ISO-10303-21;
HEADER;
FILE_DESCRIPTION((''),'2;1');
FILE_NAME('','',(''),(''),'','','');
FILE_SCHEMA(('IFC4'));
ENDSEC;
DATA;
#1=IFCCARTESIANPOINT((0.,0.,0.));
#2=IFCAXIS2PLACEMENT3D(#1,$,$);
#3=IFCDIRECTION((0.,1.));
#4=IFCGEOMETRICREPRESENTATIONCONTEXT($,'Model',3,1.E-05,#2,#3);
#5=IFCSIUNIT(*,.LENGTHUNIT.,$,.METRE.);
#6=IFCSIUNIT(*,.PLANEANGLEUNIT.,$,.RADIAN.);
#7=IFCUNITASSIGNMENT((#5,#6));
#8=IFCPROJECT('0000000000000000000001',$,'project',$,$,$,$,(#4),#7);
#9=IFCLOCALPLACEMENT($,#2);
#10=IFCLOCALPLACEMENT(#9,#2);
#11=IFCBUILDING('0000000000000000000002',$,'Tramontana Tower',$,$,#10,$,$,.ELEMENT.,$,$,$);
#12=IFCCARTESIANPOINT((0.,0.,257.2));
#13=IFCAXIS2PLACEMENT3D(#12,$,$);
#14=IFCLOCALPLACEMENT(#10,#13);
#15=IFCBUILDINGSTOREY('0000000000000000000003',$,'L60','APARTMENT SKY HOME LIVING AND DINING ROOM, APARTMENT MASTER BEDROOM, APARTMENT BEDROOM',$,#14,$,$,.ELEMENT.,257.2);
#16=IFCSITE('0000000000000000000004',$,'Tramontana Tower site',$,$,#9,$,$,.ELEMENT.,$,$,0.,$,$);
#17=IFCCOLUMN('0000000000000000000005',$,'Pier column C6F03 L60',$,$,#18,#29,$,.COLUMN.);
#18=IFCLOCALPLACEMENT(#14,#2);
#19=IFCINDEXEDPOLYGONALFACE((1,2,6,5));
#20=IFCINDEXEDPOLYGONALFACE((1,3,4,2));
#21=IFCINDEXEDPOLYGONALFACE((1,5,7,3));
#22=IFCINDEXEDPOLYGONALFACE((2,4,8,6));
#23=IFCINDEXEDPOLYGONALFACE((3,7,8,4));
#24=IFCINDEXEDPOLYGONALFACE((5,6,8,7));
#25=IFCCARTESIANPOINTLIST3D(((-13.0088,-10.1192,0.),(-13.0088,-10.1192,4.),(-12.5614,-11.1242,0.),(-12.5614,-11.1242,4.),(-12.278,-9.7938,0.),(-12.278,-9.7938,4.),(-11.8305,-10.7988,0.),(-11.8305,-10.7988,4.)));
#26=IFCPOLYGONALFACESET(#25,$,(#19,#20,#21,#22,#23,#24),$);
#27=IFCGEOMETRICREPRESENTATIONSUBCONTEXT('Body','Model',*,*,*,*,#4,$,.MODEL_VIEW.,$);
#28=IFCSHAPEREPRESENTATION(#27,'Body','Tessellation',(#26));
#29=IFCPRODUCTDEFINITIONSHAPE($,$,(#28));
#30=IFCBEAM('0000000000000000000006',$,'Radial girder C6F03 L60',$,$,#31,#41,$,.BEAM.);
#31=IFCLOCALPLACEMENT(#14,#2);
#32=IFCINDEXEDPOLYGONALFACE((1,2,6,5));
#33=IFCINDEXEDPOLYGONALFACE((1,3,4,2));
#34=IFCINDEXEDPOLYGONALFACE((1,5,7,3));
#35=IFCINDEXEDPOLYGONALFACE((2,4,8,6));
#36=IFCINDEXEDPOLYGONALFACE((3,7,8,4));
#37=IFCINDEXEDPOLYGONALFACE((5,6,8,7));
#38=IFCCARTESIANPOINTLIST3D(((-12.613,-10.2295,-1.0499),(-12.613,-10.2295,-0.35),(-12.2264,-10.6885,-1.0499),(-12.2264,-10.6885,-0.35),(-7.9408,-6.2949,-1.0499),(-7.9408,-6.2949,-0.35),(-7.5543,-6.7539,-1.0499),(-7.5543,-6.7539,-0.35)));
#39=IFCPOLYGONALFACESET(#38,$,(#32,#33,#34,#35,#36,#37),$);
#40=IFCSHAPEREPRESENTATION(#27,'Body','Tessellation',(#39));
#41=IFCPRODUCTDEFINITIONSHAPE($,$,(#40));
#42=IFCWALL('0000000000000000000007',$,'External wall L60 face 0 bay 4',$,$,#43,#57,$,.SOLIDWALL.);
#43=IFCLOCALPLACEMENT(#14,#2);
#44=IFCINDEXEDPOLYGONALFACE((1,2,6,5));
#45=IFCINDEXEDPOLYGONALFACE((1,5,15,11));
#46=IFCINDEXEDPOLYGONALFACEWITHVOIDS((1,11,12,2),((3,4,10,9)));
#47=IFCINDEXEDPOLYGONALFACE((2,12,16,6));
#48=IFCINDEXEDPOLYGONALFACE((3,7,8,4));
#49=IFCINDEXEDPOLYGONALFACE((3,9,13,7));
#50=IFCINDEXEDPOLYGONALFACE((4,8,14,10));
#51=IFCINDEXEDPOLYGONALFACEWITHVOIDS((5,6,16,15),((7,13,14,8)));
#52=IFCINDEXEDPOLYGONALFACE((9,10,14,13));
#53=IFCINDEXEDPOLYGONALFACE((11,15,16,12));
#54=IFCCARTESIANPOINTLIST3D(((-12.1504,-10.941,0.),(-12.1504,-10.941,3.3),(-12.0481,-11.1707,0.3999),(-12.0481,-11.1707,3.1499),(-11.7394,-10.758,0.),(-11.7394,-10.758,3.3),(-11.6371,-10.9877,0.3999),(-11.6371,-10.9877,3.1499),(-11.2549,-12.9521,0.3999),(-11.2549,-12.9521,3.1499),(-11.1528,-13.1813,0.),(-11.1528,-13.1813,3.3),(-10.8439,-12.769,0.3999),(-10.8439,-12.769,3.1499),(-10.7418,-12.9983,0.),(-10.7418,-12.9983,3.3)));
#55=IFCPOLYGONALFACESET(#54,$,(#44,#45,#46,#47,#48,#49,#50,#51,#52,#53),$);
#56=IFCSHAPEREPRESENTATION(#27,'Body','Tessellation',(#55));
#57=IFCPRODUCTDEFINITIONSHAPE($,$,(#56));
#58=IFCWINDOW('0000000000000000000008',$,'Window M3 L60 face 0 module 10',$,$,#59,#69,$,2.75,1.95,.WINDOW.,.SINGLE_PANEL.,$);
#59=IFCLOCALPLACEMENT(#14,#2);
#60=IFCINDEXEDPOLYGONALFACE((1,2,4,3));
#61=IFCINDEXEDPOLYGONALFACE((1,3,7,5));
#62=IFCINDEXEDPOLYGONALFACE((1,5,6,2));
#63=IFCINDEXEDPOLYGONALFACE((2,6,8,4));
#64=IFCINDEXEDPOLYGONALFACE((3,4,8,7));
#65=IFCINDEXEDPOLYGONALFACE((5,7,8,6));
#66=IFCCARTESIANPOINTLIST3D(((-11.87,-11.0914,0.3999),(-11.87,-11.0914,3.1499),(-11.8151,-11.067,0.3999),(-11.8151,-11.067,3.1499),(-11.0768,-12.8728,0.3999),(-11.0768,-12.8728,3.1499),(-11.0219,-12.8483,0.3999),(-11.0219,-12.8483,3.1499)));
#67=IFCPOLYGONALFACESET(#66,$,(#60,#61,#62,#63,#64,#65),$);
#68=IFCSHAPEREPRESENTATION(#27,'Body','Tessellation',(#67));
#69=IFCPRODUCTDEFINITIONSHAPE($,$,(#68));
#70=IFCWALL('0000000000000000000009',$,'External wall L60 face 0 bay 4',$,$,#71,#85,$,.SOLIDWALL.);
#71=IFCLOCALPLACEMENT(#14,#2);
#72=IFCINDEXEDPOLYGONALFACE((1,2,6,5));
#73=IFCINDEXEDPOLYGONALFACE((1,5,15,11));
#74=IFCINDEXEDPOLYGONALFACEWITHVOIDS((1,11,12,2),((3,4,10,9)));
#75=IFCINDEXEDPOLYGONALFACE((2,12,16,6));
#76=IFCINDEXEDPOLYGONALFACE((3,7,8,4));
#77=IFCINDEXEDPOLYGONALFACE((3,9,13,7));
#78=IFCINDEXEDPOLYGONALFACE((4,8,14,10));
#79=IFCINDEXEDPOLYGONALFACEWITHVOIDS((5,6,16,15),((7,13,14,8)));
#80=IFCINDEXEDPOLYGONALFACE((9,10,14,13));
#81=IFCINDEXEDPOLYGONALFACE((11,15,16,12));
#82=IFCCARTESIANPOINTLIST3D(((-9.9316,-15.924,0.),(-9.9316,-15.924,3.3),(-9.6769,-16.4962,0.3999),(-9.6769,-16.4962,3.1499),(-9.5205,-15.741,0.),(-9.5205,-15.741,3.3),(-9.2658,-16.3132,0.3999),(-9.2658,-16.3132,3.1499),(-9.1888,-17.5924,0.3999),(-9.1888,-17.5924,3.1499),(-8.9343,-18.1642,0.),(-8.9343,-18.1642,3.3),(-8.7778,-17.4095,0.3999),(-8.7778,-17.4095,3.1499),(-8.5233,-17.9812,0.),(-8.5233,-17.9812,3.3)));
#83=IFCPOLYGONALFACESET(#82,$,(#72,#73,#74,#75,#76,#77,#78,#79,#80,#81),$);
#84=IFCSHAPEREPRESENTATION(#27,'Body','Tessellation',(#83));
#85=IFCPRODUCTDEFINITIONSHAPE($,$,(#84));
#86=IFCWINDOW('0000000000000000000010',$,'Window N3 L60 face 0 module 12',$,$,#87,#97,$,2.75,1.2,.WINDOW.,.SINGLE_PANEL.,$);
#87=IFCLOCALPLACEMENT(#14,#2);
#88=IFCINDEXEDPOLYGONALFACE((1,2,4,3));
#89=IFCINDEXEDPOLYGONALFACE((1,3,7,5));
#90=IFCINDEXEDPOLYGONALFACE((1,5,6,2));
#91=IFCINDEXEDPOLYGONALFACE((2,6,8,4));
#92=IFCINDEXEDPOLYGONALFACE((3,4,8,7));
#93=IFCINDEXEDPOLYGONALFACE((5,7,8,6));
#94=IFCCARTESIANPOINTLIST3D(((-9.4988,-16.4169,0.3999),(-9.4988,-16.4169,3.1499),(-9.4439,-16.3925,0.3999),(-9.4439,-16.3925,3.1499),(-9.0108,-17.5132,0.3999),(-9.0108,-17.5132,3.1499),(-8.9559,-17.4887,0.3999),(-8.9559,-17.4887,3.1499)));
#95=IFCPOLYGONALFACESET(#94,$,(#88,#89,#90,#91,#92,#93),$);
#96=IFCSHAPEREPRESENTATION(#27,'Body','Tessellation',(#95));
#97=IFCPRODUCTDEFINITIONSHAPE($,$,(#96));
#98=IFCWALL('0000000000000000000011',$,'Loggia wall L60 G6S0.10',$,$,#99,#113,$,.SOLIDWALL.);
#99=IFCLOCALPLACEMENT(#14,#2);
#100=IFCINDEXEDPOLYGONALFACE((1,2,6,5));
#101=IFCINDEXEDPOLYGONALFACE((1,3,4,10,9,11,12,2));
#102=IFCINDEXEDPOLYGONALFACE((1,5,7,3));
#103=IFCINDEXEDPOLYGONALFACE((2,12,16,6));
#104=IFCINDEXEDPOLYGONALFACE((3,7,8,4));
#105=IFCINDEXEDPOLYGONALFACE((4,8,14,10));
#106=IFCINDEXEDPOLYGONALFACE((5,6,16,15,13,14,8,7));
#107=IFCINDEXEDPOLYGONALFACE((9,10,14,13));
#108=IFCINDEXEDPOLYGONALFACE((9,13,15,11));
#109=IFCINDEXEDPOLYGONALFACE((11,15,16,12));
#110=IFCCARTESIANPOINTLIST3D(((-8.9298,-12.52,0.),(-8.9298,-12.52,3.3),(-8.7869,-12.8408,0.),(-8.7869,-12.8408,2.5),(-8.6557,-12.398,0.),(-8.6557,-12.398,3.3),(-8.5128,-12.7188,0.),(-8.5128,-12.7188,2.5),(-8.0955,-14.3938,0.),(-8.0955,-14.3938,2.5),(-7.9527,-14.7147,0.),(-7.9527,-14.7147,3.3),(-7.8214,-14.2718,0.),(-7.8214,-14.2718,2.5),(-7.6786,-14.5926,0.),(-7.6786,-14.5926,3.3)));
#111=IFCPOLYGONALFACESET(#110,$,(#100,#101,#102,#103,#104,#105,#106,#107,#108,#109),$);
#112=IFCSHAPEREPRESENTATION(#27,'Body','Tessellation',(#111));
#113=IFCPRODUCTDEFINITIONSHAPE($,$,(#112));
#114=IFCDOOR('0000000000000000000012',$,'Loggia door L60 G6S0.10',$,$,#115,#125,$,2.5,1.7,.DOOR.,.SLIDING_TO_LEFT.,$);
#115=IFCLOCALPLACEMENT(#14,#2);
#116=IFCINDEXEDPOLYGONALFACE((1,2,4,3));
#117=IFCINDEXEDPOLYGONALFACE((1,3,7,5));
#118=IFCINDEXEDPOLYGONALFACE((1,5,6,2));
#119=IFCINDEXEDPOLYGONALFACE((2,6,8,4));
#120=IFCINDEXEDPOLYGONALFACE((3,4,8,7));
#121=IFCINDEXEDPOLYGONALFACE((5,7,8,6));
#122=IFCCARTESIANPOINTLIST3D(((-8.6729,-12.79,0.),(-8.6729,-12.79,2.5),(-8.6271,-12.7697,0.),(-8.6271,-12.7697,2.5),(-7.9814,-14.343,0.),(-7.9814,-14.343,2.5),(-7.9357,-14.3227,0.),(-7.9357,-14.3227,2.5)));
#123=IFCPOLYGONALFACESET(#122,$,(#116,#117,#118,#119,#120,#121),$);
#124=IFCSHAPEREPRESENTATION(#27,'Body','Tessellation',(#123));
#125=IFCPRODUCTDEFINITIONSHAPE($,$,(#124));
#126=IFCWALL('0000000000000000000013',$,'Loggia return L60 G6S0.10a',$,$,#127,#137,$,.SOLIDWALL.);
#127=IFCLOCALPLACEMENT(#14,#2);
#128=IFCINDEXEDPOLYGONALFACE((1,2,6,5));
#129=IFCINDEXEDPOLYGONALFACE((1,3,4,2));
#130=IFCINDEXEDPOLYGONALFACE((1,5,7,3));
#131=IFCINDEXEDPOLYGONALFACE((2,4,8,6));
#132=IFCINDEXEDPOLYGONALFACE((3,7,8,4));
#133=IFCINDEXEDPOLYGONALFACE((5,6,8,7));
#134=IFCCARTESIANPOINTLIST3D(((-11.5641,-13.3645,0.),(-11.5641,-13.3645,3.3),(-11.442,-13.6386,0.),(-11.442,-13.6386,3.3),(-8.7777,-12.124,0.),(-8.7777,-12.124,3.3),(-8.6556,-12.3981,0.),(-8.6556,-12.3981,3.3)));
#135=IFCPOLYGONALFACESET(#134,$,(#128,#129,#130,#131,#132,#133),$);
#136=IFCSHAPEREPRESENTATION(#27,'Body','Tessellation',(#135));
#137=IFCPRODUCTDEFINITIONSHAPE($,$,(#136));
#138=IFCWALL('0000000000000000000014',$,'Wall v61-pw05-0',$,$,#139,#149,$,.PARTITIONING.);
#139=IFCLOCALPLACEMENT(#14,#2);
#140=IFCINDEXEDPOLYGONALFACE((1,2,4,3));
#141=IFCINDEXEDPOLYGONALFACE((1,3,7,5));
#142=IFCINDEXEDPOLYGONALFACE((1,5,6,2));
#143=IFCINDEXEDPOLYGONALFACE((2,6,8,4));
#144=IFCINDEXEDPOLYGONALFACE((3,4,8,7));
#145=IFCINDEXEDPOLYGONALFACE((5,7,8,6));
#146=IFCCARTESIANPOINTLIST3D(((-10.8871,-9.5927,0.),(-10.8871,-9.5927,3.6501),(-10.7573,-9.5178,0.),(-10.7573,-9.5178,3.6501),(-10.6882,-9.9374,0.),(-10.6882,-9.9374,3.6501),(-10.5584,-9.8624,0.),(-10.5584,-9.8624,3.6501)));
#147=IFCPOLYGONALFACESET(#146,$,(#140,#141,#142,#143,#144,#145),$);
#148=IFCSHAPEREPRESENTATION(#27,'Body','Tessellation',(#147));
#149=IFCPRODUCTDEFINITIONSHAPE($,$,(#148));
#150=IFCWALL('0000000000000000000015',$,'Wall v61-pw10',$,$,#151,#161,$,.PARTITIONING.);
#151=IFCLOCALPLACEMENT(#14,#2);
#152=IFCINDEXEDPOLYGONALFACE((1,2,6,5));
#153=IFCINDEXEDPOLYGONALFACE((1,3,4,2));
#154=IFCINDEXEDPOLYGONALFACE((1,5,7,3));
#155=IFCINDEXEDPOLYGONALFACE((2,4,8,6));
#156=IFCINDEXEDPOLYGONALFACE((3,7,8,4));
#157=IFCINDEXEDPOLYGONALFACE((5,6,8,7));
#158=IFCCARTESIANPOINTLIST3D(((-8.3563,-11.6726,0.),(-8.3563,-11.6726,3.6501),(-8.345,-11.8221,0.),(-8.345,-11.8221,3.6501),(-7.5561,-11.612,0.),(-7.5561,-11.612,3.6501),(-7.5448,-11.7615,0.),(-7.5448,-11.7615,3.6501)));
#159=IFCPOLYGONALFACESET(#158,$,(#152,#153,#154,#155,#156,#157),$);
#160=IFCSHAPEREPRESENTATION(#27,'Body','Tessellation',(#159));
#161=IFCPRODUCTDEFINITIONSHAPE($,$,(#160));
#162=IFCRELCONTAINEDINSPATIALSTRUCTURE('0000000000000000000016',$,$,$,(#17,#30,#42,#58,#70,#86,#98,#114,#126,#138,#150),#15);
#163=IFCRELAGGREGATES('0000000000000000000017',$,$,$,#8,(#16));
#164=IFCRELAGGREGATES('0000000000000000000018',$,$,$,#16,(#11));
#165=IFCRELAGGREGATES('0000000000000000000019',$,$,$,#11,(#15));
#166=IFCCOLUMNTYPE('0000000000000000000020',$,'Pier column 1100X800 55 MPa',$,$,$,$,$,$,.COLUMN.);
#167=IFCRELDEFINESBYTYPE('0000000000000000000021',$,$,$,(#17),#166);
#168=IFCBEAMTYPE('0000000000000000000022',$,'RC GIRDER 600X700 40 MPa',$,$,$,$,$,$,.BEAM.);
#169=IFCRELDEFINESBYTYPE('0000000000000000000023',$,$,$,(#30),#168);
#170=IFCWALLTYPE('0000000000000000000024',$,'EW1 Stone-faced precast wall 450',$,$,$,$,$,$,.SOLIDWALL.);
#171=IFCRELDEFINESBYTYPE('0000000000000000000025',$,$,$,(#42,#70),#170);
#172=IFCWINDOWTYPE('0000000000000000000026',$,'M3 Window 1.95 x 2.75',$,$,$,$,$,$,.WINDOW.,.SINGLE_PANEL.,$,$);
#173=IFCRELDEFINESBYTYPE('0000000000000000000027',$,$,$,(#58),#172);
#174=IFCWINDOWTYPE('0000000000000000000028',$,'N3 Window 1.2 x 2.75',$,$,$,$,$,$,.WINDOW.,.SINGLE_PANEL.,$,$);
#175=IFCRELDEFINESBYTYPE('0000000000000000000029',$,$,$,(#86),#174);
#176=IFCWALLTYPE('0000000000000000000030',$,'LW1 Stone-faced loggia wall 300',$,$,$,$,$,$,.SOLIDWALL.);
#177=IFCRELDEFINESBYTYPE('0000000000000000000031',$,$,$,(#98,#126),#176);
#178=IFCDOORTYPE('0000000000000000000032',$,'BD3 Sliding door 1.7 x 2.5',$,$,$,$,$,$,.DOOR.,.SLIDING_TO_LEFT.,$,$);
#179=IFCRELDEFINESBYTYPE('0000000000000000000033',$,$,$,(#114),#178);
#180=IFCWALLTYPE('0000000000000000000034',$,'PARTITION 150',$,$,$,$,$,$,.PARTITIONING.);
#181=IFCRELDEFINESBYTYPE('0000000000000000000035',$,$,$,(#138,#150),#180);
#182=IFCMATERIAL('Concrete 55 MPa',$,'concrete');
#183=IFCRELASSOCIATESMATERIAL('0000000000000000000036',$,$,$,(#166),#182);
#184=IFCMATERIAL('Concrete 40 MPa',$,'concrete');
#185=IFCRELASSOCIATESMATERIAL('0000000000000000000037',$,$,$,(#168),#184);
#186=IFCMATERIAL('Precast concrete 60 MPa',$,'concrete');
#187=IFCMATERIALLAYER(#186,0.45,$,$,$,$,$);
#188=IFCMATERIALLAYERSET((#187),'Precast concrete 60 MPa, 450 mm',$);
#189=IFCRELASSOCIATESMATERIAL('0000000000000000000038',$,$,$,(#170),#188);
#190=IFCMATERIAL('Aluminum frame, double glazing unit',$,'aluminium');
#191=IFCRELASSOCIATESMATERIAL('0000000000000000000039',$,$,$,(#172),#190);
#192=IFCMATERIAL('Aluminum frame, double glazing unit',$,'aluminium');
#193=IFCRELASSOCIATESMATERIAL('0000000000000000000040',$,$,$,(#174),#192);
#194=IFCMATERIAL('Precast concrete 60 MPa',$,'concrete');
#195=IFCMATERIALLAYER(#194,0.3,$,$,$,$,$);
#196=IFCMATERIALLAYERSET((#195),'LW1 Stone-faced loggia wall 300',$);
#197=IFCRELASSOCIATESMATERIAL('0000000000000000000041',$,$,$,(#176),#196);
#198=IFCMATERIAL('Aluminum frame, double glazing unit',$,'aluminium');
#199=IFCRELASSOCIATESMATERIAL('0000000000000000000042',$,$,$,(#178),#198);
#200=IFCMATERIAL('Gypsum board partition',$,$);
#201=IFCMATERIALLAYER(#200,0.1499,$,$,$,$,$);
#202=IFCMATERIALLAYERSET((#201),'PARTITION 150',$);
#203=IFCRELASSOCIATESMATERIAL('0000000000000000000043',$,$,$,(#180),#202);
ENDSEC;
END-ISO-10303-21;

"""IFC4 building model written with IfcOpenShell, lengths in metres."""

from ifc_helpers import new_model, si_unit, direction, frame, frame_2d, origin, origin_2d, place, context, subcontext, project, spatial, rectangle, extrude, material, layer, layer_set, material_profile, profile_set, type_object, element, fill, save


model = new_model("IFC4")

# Units and contexts
model_context = context("Model", 3, precision=1e-05, world=origin(), true_north=direction((0.0, 1.0)))
body_context = subcontext(model_context, "Body", "Model", "MODEL_VIEW")
ifc_project = project(units=[si_unit("LENGTHUNIT", "METRE"), si_unit("PLANEANGLEUNIT", "RADIAN")], contexts=[model_context])

# Site, building, storey
site_placement = place(None, origin())
site = spatial("IfcSite", under=ifc_project, at=site_placement, Name="Tramontana Tower site", CompositionType="ELEMENT", RefElevation=0.0)
building_placement = place(site_placement, origin())
building = spatial("IfcBuilding", under=site, at=building_placement, Name="Tramontana Tower", CompositionType="ELEMENT")
storey_placement = place(building_placement, frame((0.0, 0.0, 257.2)))
storey = spatial("IfcBuildingStorey", under=building, at=storey_placement, Name="L60", Description="APARTMENT SKY HOME LIVING AND DINING ROOM, APARTMENT MASTER BEDROOM, APARTMENT BEDROOM", CompositionType="ELEMENT", Elevation=257.2)

# Column
ifc_material_1 = material(Name="Concrete 55 MPa", Category="concrete")
ifc_material_profile_1 = material_profile(ifc_material_1, rectangle(XDim=1.1001, YDim=0.8, at=origin_2d()), Name="Pier column 1100X800 55 MPa")
ifc_profile_set_1 = profile_set([ifc_material_profile_1], Name="Concrete 55 MPa")
column_type = type_object("IfcColumnType", Name="Pier column 1100X800 55 MPa", PredefinedType="COLUMN", material=ifc_profile_set_1)
column_placement = place(storey_placement, frame((-12.4197, -10.459, 0.0), z_axis=(0.0, 0.0, 1.0), x_axis=(0.406737, -0.913545, 0.0)))
element("IfcColumn", 1, at=column_placement, inside=storey, type_object=column_type, Name="Pier column C6F03 L60", PredefinedType="COLUMN", context=body_context, shape_type="SweptSolid", body=[
    extrude(rectangle(XDim=1.1001, YDim=0.8, at=origin_2d()), origin(), (0.0, 0.0, 1.0), 4.0),
])

# Beam
ifc_material_2 = material(Name="Concrete 40 MPa", Category="concrete")
ifc_material_profile_2 = material_profile(ifc_material_2, rectangle(XDim=0.6001, YDim=0.7, at=origin_2d()), Name="RC GIRDER 600X700 40 MPa")
ifc_profile_set_2 = profile_set([ifc_material_profile_2], Name="Concrete 40 MPa")
beam_type = type_object("IfcBeamType", Name="RC GIRDER 600X700 40 MPa", PredefinedType="BEAM", material=ifc_profile_set_2)
beam_placement = place(storey_placement, frame((-12.4197, -10.459, -0.7), z_axis=(0.764899, 0.644151, 0.0), x_axis=(-0.644151, 0.764899, 0.0)))
element("IfcBeam", 2, at=beam_placement, inside=storey, type_object=beam_type, Name="Radial girder C6F03 L60", PredefinedType="BEAM", context=body_context, shape_type="SweptSolid", body=[
    extrude(rectangle(XDim=0.6001, YDim=0.7, at=origin_2d()), origin(), (0.0, 0.0, 1.0), 6.1082),
])

# Walls, openings, windows
ifc_material_3 = material(Name="Precast concrete 60 MPa", Category="concrete")
ifc_layer_1 = layer(ifc_material_3, 0.45)
ifc_layer_set_1 = layer_set([ifc_layer_1], Name="Precast concrete 60 MPa, 450 mm")
wall_type_1 = type_object("IfcWallType", Name="EW1 Stone-faced precast wall 450", PredefinedType="SOLIDWALL", material=ifc_layer_set_1)
wall_1_placement = place(storey_placement, frame((-11.9448, -10.8496, 0.0), z_axis=(0.0, 0.0, 1.0), x_axis=(0.406785, -0.913524, 0.0)))
wall_1 = element("IfcWall", 3, at=wall_1_placement, inside=storey, type_object=wall_type_1, Name="External wall L60 face 0 bay 4", PredefinedType="SOLIDWALL", context=body_context, shape_type="SweptSolid", body=[
    extrude(rectangle(XDim=2.4524, YDim=0.45, at=frame_2d((1.2261, 0.0))), origin(), (0.0, 0.0, 1.0), 3.3),
])
opening_1_placement = place(wall_1_placement, frame((0.2512, 0.0, 0.3999)))
opening_1 = element("IfcOpeningElement", 4, at=opening_1_placement, cuts=wall_1, PredefinedType="OPENING", context=body_context, shape_type="SweptSolid", body=[
    extrude(rectangle(XDim=1.95, YDim=2.75, at=frame_2d((0.9751, 1.375))), frame((0.0, 0.2349, 0.0), z_axis=(0.0, -1.0, 0.0), x_axis=(1.0, 0.0, 0.0)), (0.0, 0.0, 1.0), 0.47),
])
ifc_material_4 = material(Name="Aluminum frame, double glazing unit", Category="aluminium")
window_type_1 = type_object("IfcWindowType", Name="M3 Window 1.95 x 2.75", PartitioningType="SINGLE_PANEL", PredefinedType="WINDOW", material=ifc_material_4)
window_1_placement = place(opening_1_placement, origin())
window_1 = element("IfcWindow", 5, at=window_1_placement, inside=storey, type_object=window_type_1, Name="Window M3 L60 face 0 module 10", OverallHeight=2.75, OverallWidth=1.95, PartitioningType="SINGLE_PANEL", PredefinedType="WINDOW", context=body_context, shape_type="SweptSolid", body=[
    extrude(rectangle(XDim=1.95, YDim=2.75, at=frame_2d((0.9751, 1.375))), frame((0.0, 0.03, 0.0), z_axis=(0.0, -1.0, 0.0), x_axis=(1.0, 0.0, 0.0)), (0.0, 0.0, 1.0), 0.0601),
])
fill(opening_1, window_1)
wall_2_placement = place(storey_placement, frame((-9.7261, -15.8325, 0.0), z_axis=(0.0, 0.0, 1.0), x_axis=(0.406702, -0.913561, 0.0)))
wall_2 = element("IfcWall", 6, at=wall_2_placement, inside=storey, type_object=wall_type_1, Name="External wall L60 face 0 bay 4", PredefinedType="SOLIDWALL", context=body_context, shape_type="SweptSolid", body=[
    extrude(rectangle(XDim=2.4521, YDim=0.45, at=frame_2d((1.2261, 0.0))), origin(), (0.0, 0.0, 1.0), 3.3),
])
opening_2_placement = place(wall_2_placement, frame((0.6262, 0.0, 0.3999)))
opening_2 = element("IfcOpeningElement", 7, at=opening_2_placement, cuts=wall_2, PredefinedType="OPENING", context=body_context, shape_type="SweptSolid", body=[
    extrude(rectangle(XDim=1.2, YDim=2.75, at=frame_2d((0.6001, 1.375))), frame((0.0, 0.2349, 0.0), z_axis=(0.0, -1.0, 0.0), x_axis=(1.0, 0.0, 0.0)), (0.0, 0.0, 1.0), 0.47),
])
ifc_material_5 = material(Name="Aluminum frame, double glazing unit", Category="aluminium")
window_type_2 = type_object("IfcWindowType", Name="N3 Window 1.2 x 2.75", PartitioningType="SINGLE_PANEL", PredefinedType="WINDOW", material=ifc_material_5)
window_2_placement = place(opening_2_placement, origin())
window_2 = element("IfcWindow", 8, at=window_2_placement, inside=storey, type_object=window_type_2, Name="Window N3 L60 face 0 module 12", OverallHeight=2.75, OverallWidth=1.2, PartitioningType="SINGLE_PANEL", PredefinedType="WINDOW", context=body_context, shape_type="SweptSolid", body=[
    extrude(rectangle(XDim=1.2, YDim=2.75, at=frame_2d((0.6001, 1.375))), frame((0.0, 0.03, 0.0), z_axis=(0.0, -1.0, 0.0), x_axis=(1.0, 0.0, 0.0)), (0.0, 0.0, 1.0), 0.0601),
])
fill(opening_2, window_2)

# Wall, opening, door
ifc_material_6 = material(Name="Precast concrete 60 MPa", Category="concrete")
ifc_layer_2 = layer(ifc_material_6, 0.3)
ifc_layer_set_2 = layer_set([ifc_layer_2], Name="LW1 Stone-faced loggia wall 300")
wall_type_2 = type_object("IfcWallType", Name="LW1 Stone-faced loggia wall 300", PredefinedType="SOLIDWALL", material=ifc_layer_set_2)
wall_3_placement = place(storey_placement, frame((-8.7927, -12.459, 0.0), z_axis=(0.0, 0.0, 1.0), x_axis=(0.406723, -0.913552, 0.0)))
wall_3 = element("IfcWall", 9, at=wall_3_placement, inside=storey, type_object=wall_type_2, Name="Loggia wall L60 G6S0.10", PredefinedType="SOLIDWALL", context=body_context, shape_type="SweptSolid", body=[
    extrude(rectangle(XDim=2.4023, YDim=0.3, at=frame_2d((1.2012, 0.0))), origin(), (0.0, 0.0, 1.0), 3.3),
])
opening_3_placement = place(wall_3_placement, frame((0.3511, 0.0, 0.0)))
opening_3 = element("IfcOpeningElement", 10, at=opening_3_placement, cuts=wall_3, PredefinedType="OPENING", context=body_context, shape_type="SweptSolid", body=[
    extrude(rectangle(XDim=1.7, YDim=2.5, at=frame_2d((0.8501, 1.25))), frame((0.0, 0.1599, 0.0), z_axis=(0.0, -1.0, 0.0), x_axis=(1.0, 0.0, 0.0)), (0.0, 0.0, 1.0), 0.3201),
])
ifc_material_7 = material(Name="Aluminum frame, double glazing unit", Category="aluminium")
door_type_1 = type_object("IfcDoorType", Name="BD3 Sliding door 1.7 x 2.5", OperationType="SLIDING_TO_LEFT", PredefinedType="DOOR", material=ifc_material_7)
door_1_placement = place(opening_3_placement, origin())
door_1 = element("IfcDoor", 11, at=door_1_placement, inside=storey, type_object=door_type_1, Name="Loggia door L60 G6S0.10", OperationType="SLIDING_TO_LEFT", OverallHeight=2.5, OverallWidth=1.7, PredefinedType="DOOR", context=body_context, shape_type="SweptSolid", body=[
    extrude(rectangle(XDim=1.7, YDim=2.5, at=frame_2d((0.8501, 1.25))), frame((0.0, 0.0249, 0.0), z_axis=(0.0, -1.0, 0.0), x_axis=(1.0, 0.0, 0.0)), (0.0, 0.0, 1.0), 0.05),
])
fill(opening_3, door_1)

# Wall
wall_4_placement = place(storey_placement, frame((-11.5029, -13.5015, 0.0), z_axis=(0.0, 0.0, 1.0), x_axis=(0.913557, 0.40671, 0.0)))
element("IfcWall", 12, at=wall_4_placement, inside=storey, type_object=wall_type_2, Name="Loggia return L60 G6S0.10a", PredefinedType="SOLIDWALL", context=body_context, shape_type="SweptSolid", body=[
    extrude(rectangle(XDim=3.05, YDim=0.3, at=frame_2d((1.5249, 0.0))), origin(), (0.0, 0.0, 1.0), 3.3),
])

# Shared definitions
ifc_material_8 = material(Name="Gypsum board partition")
ifc_layer_3 = layer(ifc_material_8, 0.1499)
ifc_layer_set_3 = layer_set([ifc_layer_3], Name="PARTITION 150")
wall_type_3 = type_object("IfcWallType", Name="PARTITION 150", PredefinedType="PARTITIONING", material=ifc_layer_set_3)

# Walls
wall_5_placement = place(storey_placement, frame((-10.6233, -9.8999, 0.0), z_axis=(0.0, 0.0, 1.0), x_axis=(-0.499899, 0.866083, 0.0)))
element("IfcWall", 13, at=wall_5_placement, inside=storey, type_object=wall_type_3, Name="Wall v61-pw05-0", PredefinedType="PARTITIONING", context=body_context, shape_type="SweptSolid", body=[
    extrude(rectangle(XDim=0.3979, YDim=0.1499, at=frame_2d((0.199, 0.0))), origin(), (0.0, 0.0, 1.0), 3.6501),
])
wall_6_placement = place(storey_placement, frame((-7.5503, -11.6868, 0.0), z_axis=(0.0, 0.0, 1.0), x_axis=(-0.99715, -0.07544, 0.0)))
element("IfcWall", 14, at=wall_6_placement, inside=storey, type_object=wall_type_3, Name="Wall v61-pw10", PredefinedType="PARTITIONING", context=body_context, shape_type="SweptSolid", body=[
    extrude(rectangle(XDim=0.8025, YDim=0.1499, at=frame_2d((0.4014, 0.0))), origin(), (0.0, 0.0, 1.0), 3.6501),
])

save(model, "model.ifc")
